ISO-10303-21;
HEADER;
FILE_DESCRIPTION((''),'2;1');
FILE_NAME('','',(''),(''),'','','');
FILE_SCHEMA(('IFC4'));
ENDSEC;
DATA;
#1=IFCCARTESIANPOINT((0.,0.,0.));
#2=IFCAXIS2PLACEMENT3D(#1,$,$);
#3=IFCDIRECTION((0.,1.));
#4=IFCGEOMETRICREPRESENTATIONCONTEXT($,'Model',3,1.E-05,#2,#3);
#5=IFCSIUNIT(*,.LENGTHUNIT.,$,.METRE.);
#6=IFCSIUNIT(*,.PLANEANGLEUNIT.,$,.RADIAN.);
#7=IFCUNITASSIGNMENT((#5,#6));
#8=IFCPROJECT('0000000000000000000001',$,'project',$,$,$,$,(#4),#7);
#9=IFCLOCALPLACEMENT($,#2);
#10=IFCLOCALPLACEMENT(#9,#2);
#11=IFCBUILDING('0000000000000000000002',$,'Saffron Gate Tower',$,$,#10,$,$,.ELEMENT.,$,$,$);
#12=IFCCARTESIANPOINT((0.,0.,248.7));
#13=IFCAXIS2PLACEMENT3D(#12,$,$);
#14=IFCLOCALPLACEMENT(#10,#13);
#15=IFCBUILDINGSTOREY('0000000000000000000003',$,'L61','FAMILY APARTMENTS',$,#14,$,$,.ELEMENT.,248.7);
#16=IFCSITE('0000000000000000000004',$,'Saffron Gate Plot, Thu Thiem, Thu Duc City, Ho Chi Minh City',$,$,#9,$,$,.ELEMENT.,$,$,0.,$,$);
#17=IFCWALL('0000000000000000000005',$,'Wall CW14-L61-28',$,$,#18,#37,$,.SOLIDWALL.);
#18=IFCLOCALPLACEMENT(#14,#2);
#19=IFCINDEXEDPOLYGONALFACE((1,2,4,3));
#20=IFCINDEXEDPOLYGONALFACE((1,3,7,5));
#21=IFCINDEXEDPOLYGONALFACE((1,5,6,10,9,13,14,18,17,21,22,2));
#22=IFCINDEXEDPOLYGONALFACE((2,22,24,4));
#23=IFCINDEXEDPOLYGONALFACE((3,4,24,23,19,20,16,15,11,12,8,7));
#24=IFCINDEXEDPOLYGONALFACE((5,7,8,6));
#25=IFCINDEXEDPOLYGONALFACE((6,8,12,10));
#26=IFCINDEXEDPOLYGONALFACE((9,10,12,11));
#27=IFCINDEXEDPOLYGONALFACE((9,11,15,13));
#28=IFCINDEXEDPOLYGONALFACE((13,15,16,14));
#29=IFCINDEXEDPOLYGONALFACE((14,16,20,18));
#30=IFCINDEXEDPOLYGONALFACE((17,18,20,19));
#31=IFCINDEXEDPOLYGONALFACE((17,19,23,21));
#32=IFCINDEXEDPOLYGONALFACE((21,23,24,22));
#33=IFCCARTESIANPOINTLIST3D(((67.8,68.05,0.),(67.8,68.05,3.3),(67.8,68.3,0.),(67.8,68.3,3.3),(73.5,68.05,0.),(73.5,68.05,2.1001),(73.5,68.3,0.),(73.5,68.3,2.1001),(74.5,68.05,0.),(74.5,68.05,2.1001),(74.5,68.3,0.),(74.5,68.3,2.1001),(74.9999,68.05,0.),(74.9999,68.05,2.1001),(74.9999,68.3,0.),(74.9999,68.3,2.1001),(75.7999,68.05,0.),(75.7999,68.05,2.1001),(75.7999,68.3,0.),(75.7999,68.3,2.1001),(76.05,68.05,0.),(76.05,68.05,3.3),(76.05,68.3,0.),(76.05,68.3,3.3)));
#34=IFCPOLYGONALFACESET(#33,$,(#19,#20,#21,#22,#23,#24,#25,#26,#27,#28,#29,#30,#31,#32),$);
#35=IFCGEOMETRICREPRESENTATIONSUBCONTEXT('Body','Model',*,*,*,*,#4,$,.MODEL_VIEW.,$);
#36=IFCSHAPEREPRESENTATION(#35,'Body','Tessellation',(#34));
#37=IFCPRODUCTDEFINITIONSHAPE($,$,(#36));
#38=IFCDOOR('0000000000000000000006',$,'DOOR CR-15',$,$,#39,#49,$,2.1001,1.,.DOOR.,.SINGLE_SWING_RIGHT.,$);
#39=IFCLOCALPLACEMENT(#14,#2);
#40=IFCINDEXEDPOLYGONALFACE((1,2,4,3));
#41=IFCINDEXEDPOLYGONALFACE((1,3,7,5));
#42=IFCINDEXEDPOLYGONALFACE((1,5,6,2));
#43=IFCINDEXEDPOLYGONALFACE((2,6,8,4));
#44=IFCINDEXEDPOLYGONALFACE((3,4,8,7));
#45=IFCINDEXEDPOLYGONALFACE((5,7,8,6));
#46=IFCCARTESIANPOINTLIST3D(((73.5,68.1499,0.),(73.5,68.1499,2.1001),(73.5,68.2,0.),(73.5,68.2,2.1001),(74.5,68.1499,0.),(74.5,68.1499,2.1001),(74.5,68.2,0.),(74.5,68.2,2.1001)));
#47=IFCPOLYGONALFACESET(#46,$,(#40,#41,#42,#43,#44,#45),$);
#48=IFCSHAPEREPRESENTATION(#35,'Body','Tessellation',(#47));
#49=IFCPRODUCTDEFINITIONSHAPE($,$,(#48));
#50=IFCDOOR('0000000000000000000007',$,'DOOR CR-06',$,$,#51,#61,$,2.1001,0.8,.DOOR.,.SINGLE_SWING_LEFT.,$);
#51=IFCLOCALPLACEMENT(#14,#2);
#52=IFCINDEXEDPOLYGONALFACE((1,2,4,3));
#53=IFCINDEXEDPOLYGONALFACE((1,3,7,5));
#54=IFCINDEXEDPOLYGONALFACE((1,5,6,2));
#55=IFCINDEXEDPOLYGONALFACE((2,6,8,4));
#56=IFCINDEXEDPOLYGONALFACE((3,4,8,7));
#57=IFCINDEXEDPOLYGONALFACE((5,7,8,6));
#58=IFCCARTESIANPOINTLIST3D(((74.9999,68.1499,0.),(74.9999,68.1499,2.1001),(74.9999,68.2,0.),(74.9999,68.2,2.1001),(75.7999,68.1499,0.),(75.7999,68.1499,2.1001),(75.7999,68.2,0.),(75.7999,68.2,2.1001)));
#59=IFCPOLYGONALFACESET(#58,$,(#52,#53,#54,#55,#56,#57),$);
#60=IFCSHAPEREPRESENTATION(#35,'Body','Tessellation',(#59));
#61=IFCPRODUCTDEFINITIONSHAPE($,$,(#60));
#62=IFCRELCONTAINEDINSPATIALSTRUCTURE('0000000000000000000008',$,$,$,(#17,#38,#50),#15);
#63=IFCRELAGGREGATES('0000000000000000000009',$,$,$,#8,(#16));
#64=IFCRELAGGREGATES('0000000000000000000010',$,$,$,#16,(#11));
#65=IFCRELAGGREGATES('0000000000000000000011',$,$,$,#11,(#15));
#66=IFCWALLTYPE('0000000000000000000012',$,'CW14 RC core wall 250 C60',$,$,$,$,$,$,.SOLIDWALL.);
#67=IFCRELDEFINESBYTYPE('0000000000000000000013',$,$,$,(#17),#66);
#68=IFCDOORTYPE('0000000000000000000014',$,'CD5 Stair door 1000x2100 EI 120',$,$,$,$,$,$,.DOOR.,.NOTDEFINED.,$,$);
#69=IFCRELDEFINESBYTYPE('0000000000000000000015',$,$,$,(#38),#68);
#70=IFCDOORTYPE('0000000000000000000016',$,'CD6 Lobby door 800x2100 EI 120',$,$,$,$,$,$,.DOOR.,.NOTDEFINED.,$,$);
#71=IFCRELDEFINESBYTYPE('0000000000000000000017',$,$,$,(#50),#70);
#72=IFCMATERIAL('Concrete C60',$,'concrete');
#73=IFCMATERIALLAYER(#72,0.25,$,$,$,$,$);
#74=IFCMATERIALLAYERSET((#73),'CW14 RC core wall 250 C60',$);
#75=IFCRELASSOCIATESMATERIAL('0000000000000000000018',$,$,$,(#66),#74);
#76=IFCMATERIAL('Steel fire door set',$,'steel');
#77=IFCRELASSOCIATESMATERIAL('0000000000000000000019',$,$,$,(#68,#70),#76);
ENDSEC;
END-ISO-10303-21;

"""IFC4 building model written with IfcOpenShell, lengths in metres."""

from ifc_helpers import new_model, si_unit, direction, frame, frame_2d, origin, place, context, subcontext, project, spatial, rectangle, extrude, material, layer, layer_set, type_object, element, fill, save


model = new_model("IFC4")

# Units and contexts
model_context = context("Model", 3, precision=1e-05, world=origin(), true_north=direction((0.0, 1.0)))
body_context = subcontext(model_context, "Body", "Model", "MODEL_VIEW")
ifc_project = project(units=[si_unit("LENGTHUNIT", "METRE"), si_unit("PLANEANGLEUNIT", "RADIAN")], contexts=[model_context])

# Site, building, storey
site_placement = place(None, origin())
site = spatial("IfcSite", under=ifc_project, at=site_placement, Name="Saffron Gate Plot, Thu Thiem, Thu Duc City, Ho Chi Minh City", CompositionType="ELEMENT", RefElevation=0.0)
building_placement = place(site_placement, origin())
building = spatial("IfcBuilding", under=site, at=building_placement, Name="Saffron Gate Tower", CompositionType="ELEMENT")
storey_placement = place(building_placement, frame((0.0, 0.0, 248.7)))
storey = spatial("IfcBuildingStorey", under=building, at=storey_placement, Name="L61", Description="FAMILY APARTMENTS", CompositionType="ELEMENT", Elevation=248.7)

# Wall, openings, doors
ifc_material_1 = material(Name="Concrete C60", Category="concrete")
ifc_layer_1 = layer(ifc_material_1, 0.25)
ifc_layer_set_1 = layer_set([ifc_layer_1], Name="CW14 RC core wall 250 C60")
wall_type_1 = type_object("IfcWallType", Name="CW14 RC core wall 250 C60", PredefinedType="SOLIDWALL", material=ifc_layer_set_1)
wall_1_placement = place(storey_placement, frame((67.8, 68.175, 0.0), z_axis=(0.0, 0.0, 1.0), x_axis=(1.0, 0.0, 0.0)))
wall_1 = element("IfcWall", 1, at=wall_1_placement, inside=storey, type_object=wall_type_1, Name="Wall CW14-L61-28", PredefinedType="SOLIDWALL", context=body_context, shape_type="SweptSolid", body=[
    extrude(rectangle(XDim=8.25, YDim=0.25, at=frame_2d((4.125, 0.0))), origin(), (0.0, 0.0, 1.0), 3.3),
])
opening_1_placement = place(wall_1_placement, frame((5.7, 0.0, 0.0)))
opening_1 = element("IfcOpeningElement", 2, at=opening_1_placement, cuts=wall_1, PredefinedType="OPENING", context=body_context, shape_type="SweptSolid", body=[
    extrude(rectangle(XDim=1.0, YDim=2.1001, at=frame_2d((0.5, 1.05))), frame((0.0, 0.135, 0.0), z_axis=(0.0, -1.0, 0.0), x_axis=(1.0, 0.0, 0.0)), (0.0, 0.0, 1.0), 0.27),
])
opening_2_placement = place(wall_1_placement, frame((7.2, 0.0, 0.0)))
opening_2 = element("IfcOpeningElement", 3, at=opening_2_placement, cuts=wall_1, PredefinedType="OPENING", context=body_context, shape_type="SweptSolid", body=[
    extrude(rectangle(XDim=0.8, YDim=2.1001, at=frame_2d((0.3999, 1.05))), frame((0.0, 0.135, 0.0), z_axis=(0.0, -1.0, 0.0), x_axis=(1.0, 0.0, 0.0)), (0.0, 0.0, 1.0), 0.27),
])
ifc_material_2 = material(Name="Steel fire door set", Category="steel")
door_type_1 = type_object("IfcDoorType", Name="CD5 Stair door 1000x2100 EI 120", OperationType="NOTDEFINED", PredefinedType="DOOR", material=ifc_material_2)
door_1_placement = place(opening_1_placement, origin())
door_1 = element("IfcDoor", 4, at=door_1_placement, inside=storey, type_object=door_type_1, Name="DOOR CR-15", OperationType="SINGLE_SWING_RIGHT", OverallHeight=2.1001, OverallWidth=1.0, PredefinedType="DOOR", context=body_context, shape_type="SweptSolid", body=[
    extrude(rectangle(XDim=1.0, YDim=2.1001, at=frame_2d((0.5, 1.05))), frame((0.0, 0.0249, 0.0), z_axis=(0.0, -1.0, 0.0), x_axis=(1.0, 0.0, 0.0)), (0.0, 0.0, 1.0), 0.05),
])
fill(opening_1, door_1)
door_type_2 = type_object("IfcDoorType", Name="CD6 Lobby door 800x2100 EI 120", OperationType="NOTDEFINED", PredefinedType="DOOR", material=ifc_material_2)
door_2_placement = place(opening_2_placement, origin())
door_2 = element("IfcDoor", 5, at=door_2_placement, inside=storey, type_object=door_type_2, Name="DOOR CR-06", OperationType="SINGLE_SWING_LEFT", OverallHeight=2.1001, OverallWidth=0.8, PredefinedType="DOOR", context=body_context, shape_type="SweptSolid", body=[
    extrude(rectangle(XDim=0.8, YDim=2.1001, at=frame_2d((0.3999, 1.05))), frame((0.0, 0.0249, 0.0), z_axis=(0.0, -1.0, 0.0), x_axis=(1.0, 0.0, 0.0)), (0.0, 0.0, 1.0), 0.05),
])
fill(opening_2, door_2)

save(model, "model.ifc")
